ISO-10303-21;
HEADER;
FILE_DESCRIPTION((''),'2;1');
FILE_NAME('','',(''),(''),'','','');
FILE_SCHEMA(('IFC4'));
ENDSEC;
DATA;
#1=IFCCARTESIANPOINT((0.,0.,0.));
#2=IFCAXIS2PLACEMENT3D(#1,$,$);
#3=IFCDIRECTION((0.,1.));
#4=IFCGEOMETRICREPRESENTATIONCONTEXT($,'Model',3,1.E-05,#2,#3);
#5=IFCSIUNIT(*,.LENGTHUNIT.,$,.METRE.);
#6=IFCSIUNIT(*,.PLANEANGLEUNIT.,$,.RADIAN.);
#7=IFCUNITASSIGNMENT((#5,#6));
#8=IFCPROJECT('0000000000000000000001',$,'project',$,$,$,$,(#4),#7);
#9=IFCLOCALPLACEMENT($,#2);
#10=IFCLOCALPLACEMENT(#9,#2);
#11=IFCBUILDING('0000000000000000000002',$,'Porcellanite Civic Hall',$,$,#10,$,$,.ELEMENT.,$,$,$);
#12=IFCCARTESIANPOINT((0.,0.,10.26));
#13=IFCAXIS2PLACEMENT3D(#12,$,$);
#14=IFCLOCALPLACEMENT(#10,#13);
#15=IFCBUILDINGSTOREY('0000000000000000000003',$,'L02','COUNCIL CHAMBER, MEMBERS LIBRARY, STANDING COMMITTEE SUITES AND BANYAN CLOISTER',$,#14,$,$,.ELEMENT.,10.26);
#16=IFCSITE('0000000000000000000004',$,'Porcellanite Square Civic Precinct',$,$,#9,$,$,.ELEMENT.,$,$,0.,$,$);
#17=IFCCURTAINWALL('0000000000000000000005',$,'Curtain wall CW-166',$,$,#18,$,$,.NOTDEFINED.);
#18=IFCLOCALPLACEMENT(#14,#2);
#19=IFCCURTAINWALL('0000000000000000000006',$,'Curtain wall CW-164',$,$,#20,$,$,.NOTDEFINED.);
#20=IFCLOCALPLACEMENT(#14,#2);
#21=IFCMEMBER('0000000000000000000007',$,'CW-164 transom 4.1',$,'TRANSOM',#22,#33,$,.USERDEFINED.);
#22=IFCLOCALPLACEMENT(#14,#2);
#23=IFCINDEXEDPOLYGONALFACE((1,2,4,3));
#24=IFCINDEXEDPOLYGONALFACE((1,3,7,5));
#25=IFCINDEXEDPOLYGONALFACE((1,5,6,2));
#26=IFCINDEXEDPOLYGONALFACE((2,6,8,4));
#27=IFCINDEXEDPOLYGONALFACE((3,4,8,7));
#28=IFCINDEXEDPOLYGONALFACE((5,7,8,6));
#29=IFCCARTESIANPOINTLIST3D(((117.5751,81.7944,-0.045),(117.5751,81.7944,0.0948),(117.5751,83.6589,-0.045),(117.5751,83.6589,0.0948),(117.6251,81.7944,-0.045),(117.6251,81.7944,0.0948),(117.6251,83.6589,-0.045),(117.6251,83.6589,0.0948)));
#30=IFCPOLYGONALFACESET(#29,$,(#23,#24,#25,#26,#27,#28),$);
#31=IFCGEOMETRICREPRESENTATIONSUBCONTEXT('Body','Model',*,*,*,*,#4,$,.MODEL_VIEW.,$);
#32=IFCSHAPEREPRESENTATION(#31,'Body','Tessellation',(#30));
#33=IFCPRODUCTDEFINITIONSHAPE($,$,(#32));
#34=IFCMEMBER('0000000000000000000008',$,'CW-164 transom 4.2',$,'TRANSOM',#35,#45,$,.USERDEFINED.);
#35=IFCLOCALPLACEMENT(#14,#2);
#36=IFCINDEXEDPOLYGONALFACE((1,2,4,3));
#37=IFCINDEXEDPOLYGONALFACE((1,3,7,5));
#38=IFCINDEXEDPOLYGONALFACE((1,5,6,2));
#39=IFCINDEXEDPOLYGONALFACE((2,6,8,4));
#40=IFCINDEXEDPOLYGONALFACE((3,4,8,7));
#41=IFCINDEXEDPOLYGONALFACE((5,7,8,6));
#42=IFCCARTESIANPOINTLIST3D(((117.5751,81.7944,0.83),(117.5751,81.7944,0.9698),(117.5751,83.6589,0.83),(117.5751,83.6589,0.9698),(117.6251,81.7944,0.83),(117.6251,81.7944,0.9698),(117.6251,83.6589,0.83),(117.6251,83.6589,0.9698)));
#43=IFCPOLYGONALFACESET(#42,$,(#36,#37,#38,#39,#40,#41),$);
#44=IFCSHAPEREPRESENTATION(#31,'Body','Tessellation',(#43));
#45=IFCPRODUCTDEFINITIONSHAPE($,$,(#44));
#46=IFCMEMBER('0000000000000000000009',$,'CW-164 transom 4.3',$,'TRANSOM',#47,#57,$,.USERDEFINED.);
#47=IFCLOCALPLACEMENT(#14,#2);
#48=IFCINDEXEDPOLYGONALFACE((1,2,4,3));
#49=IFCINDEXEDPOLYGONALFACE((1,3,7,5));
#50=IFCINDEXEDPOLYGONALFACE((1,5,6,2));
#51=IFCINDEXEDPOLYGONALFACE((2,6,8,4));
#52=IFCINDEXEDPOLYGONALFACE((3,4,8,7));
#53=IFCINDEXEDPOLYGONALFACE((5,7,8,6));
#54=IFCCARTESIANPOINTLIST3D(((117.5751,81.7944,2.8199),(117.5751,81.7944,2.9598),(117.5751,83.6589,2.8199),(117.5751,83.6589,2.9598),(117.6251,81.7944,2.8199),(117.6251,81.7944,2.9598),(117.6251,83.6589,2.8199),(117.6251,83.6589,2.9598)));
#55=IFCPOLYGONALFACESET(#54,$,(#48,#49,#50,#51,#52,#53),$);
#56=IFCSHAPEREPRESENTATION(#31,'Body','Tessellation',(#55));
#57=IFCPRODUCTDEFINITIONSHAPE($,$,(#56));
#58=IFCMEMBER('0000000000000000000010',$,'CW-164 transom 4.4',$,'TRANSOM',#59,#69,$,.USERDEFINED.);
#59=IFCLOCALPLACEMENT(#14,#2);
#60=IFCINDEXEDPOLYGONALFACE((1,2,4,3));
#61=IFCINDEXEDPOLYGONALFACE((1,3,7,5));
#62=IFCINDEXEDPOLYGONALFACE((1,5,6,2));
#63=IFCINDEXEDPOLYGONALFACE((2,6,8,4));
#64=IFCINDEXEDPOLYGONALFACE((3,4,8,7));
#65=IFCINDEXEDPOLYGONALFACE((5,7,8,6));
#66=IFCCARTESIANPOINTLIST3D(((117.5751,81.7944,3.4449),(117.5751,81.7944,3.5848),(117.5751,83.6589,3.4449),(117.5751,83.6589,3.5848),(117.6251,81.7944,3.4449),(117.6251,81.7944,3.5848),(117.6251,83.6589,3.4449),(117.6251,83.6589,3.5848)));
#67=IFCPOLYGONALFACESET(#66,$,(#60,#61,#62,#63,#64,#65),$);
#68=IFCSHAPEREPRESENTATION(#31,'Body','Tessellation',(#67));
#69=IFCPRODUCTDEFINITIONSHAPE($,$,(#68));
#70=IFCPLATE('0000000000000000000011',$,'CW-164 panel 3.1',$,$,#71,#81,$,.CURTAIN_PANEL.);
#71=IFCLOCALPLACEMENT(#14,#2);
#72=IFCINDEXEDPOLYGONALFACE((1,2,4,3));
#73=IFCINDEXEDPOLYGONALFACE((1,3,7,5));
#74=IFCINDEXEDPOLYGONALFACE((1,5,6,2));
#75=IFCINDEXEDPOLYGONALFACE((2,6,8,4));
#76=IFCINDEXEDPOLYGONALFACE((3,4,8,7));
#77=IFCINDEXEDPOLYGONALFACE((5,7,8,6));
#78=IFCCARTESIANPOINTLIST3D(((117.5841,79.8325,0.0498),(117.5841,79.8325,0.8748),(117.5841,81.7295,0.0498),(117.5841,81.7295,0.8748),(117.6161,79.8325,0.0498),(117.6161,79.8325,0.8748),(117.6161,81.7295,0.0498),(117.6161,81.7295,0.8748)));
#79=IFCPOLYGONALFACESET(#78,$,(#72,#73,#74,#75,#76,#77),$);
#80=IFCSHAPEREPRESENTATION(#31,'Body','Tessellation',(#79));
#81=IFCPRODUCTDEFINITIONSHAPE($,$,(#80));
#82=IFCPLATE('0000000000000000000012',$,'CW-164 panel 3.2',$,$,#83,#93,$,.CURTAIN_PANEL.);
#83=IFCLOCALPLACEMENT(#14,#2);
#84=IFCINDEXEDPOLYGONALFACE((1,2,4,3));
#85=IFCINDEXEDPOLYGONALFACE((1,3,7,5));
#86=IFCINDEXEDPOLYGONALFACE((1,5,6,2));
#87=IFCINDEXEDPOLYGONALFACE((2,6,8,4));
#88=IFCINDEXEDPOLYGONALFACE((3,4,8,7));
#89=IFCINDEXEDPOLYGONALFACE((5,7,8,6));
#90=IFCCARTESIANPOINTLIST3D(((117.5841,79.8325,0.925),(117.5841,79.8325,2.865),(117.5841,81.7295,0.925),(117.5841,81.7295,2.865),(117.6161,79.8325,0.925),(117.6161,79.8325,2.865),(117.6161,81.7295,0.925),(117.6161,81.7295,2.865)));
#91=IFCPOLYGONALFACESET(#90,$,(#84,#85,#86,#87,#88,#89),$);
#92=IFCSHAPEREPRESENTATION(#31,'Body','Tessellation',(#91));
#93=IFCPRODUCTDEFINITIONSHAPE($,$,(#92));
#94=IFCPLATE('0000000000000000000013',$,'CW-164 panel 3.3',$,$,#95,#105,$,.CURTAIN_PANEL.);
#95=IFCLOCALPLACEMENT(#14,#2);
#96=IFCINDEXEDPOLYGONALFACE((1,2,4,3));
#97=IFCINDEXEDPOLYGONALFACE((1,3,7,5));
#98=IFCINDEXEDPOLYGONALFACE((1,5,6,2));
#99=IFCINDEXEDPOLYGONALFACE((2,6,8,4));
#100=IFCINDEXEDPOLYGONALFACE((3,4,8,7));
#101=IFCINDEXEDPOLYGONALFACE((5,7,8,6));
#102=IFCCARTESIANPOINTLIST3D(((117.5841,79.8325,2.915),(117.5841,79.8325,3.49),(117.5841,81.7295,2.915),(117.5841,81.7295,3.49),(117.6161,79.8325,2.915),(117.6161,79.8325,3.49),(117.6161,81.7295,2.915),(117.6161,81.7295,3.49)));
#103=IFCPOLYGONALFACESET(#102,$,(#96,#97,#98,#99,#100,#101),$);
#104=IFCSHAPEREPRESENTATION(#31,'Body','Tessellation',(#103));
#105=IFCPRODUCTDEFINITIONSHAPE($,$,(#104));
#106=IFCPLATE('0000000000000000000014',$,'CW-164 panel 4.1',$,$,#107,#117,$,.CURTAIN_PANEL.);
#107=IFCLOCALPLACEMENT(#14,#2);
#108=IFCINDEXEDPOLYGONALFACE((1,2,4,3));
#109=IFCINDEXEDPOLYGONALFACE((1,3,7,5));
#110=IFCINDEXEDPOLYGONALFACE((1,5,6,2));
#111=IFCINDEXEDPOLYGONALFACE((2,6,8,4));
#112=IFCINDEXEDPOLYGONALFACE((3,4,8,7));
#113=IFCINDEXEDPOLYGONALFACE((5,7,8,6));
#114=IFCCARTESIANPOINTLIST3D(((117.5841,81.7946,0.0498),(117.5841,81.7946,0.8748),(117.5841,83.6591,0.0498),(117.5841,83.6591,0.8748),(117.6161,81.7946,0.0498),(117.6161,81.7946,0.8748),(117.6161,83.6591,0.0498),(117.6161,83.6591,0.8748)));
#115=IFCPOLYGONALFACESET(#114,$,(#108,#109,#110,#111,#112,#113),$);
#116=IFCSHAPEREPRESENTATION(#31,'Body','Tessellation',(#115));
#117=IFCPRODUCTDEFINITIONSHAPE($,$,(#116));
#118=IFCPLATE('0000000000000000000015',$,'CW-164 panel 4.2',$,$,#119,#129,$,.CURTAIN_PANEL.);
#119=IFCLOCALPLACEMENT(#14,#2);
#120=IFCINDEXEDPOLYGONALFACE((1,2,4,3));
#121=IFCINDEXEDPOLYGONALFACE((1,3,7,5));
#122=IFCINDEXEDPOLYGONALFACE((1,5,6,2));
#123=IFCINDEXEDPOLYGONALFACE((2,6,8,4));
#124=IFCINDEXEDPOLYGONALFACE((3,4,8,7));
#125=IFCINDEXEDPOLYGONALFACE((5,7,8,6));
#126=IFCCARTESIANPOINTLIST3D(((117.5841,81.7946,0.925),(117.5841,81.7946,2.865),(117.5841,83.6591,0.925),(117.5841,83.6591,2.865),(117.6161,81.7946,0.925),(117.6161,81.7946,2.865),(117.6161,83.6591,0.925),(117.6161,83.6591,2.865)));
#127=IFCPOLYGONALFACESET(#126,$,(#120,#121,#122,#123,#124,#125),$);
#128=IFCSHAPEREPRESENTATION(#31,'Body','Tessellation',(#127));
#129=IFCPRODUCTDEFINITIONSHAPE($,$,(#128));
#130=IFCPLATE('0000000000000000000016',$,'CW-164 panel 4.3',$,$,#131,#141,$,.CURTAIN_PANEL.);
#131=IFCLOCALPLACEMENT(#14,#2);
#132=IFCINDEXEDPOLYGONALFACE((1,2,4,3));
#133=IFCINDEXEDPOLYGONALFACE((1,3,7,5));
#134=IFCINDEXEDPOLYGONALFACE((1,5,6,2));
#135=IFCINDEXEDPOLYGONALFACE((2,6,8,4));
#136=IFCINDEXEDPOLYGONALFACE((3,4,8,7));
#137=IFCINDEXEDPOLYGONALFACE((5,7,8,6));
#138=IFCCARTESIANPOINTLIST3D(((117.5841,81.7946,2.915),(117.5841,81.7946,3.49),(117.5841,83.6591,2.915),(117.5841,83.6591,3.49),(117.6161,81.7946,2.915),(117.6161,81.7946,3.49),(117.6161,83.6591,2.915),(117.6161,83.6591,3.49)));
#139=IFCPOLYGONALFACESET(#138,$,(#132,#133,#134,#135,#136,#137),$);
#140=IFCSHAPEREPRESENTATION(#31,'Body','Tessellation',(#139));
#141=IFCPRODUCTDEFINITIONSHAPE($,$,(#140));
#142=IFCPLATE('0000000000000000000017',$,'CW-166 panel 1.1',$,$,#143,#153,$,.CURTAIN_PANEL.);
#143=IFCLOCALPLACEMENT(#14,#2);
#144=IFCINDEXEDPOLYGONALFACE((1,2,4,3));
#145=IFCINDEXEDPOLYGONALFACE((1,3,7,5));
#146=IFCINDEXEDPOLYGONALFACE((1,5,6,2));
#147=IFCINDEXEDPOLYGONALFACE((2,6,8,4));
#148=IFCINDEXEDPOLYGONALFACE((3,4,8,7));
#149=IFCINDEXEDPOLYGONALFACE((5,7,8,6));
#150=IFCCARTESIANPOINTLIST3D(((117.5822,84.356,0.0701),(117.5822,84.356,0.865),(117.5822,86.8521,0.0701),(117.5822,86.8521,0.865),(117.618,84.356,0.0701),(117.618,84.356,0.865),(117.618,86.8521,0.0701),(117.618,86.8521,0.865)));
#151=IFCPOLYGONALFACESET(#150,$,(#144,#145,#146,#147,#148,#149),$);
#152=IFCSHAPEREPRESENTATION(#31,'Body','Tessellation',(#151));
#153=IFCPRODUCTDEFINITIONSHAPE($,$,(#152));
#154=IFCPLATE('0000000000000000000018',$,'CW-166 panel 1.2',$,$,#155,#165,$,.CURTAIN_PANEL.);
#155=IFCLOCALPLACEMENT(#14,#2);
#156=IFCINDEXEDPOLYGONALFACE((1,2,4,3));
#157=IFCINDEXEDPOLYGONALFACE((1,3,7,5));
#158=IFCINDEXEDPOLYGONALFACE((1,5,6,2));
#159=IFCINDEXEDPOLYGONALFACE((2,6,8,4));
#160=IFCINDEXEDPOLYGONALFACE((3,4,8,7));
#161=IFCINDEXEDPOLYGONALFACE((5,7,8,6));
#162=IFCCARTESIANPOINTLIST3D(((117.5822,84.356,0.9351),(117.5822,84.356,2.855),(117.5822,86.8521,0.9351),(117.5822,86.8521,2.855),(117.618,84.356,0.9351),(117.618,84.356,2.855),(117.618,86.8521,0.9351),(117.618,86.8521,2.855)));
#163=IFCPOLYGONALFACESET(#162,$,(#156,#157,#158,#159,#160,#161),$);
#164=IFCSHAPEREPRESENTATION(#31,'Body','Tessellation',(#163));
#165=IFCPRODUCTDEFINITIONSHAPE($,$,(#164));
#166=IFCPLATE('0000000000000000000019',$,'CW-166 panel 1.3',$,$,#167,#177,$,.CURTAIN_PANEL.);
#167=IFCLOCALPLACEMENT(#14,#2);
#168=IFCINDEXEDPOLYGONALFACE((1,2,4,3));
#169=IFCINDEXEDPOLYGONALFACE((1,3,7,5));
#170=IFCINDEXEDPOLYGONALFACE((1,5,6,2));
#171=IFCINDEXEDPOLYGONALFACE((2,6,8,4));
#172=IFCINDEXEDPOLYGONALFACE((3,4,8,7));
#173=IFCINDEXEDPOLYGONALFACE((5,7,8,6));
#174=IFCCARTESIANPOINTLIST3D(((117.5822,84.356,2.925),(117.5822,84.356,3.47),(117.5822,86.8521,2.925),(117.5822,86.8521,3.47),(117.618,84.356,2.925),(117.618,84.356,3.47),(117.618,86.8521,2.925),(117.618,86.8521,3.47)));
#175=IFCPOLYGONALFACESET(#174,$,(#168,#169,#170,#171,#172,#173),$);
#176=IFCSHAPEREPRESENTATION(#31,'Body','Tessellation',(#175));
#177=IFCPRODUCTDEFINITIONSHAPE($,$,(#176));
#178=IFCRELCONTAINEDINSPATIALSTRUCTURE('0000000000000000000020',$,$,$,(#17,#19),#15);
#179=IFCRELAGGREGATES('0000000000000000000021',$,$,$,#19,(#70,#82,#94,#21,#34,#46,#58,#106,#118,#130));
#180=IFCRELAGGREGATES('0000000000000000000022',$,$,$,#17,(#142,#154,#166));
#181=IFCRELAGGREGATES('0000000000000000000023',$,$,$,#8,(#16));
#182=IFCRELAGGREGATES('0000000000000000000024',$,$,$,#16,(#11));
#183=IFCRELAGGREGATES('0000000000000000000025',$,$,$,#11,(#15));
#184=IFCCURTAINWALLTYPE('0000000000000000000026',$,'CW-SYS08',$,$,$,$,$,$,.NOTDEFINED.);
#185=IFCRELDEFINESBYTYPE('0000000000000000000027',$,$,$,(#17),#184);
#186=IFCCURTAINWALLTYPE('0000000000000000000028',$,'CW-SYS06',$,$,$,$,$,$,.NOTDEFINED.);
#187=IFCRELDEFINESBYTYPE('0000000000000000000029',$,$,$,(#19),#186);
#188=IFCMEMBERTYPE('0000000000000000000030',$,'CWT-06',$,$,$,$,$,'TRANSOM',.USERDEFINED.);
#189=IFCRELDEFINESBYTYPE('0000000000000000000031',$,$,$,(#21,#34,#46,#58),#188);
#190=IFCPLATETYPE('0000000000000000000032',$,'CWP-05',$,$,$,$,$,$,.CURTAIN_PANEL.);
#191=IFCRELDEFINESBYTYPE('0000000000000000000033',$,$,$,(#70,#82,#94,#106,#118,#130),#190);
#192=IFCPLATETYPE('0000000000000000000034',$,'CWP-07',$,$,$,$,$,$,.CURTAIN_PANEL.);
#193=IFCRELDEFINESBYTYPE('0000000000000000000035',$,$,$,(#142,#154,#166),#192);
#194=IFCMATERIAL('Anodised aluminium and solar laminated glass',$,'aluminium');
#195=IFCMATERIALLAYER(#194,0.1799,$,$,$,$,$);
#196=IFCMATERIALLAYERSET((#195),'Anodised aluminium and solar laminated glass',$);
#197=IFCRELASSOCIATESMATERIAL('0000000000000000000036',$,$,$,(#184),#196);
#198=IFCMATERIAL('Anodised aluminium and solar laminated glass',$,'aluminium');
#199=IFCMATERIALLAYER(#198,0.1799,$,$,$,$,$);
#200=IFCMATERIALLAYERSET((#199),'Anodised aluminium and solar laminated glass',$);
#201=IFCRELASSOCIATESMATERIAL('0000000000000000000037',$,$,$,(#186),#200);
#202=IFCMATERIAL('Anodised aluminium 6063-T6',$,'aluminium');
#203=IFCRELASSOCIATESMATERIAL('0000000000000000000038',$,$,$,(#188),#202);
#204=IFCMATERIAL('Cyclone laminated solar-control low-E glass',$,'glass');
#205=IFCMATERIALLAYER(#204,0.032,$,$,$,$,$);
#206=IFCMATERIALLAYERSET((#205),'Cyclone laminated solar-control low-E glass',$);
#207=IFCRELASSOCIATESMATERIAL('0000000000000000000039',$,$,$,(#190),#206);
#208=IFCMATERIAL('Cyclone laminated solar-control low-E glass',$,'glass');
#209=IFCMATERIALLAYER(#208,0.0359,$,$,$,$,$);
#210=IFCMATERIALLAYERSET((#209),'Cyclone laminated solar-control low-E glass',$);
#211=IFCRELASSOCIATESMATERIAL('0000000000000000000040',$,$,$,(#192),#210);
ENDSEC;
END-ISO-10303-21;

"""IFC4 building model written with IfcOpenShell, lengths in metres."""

from ifc_helpers import new_model, si_unit, direction, frame, origin, origin_2d, place, context, subcontext, project, spatial, rectangle, extrude, material, layer, layer_set, material_profile, profile_set, type_object, element, aggregate, save


model = new_model("IFC4")

# Units and contexts
model_context = context("Model", 3, precision=1e-05, world=origin(), true_north=direction((0.0, 1.0)))
body_context = subcontext(model_context, "Body", "Model", "MODEL_VIEW")
ifc_project = project(units=[si_unit("LENGTHUNIT", "METRE"), si_unit("PLANEANGLEUNIT", "RADIAN")], contexts=[model_context])

# Site, building, storey
site_placement = place(None, origin())
site = spatial("IfcSite", under=ifc_project, at=site_placement, Name="Porcellanite Square Civic Precinct", CompositionType="ELEMENT", RefElevation=0.0)
building_placement = place(site_placement, origin())
building = spatial("IfcBuilding", under=site, at=building_placement, Name="Porcellanite Civic Hall", CompositionType="ELEMENT")
storey_placement = place(building_placement, frame((0.0, 0.0, 10.26)))
storey = spatial("IfcBuildingStorey", under=building, at=storey_placement, Name="L02", Description="COUNCIL CHAMBER, MEMBERS LIBRARY, STANDING COMMITTEE SUITES AND BANYAN CLOISTER", CompositionType="ELEMENT", Elevation=10.26)

# Curtain walls
ifc_material_1 = material(Name="Anodised aluminium and solar laminated glass", Category="aluminium")
ifc_layer_1 = layer(ifc_material_1, 0.1799)
ifc_layer_set_1 = layer_set([ifc_layer_1], Name="Anodised aluminium and solar laminated glass")
curtain_wall_type_1 = type_object("IfcCurtainWallType", Name="CW-SYS08", PredefinedType="NOTDEFINED", material=ifc_layer_set_1)
curtain_wall_1_placement = place(storey_placement, origin())
curtain_wall_1 = element("IfcCurtainWall", 1, at=curtain_wall_1_placement, inside=storey, type_object=curtain_wall_type_1, Name="Curtain wall CW-166", PredefinedType="NOTDEFINED")
ifc_material_2 = material(Name="Anodised aluminium and solar laminated glass", Category="aluminium")
ifc_layer_2 = layer(ifc_material_2, 0.1799)
ifc_layer_set_2 = layer_set([ifc_layer_2], Name="Anodised aluminium and solar laminated glass")
curtain_wall_type_2 = type_object("IfcCurtainWallType", Name="CW-SYS06", PredefinedType="NOTDEFINED", material=ifc_layer_set_2)
curtain_wall_2_placement = place(storey_placement, origin())
curtain_wall_2 = element("IfcCurtainWall", 2, at=curtain_wall_2_placement, inside=storey, type_object=curtain_wall_type_2, Name="Curtain wall CW-164", PredefinedType="NOTDEFINED")

# Members
ifc_material_3 = material(Name="Anodised aluminium 6063-T6", Category="aluminium")
ifc_material_profile_1 = material_profile(ifc_material_3, rectangle(XDim=0.05, YDim=0.1399, at=origin_2d()), Name="AL-50x140")
ifc_profile_set_1 = profile_set([ifc_material_profile_1], Name="Anodised aluminium 6063-T6")
member_type_1 = type_object("IfcMemberType", Name="CWT-06", ElementType="TRANSOM", PredefinedType="USERDEFINED", material=ifc_profile_set_1)
member_1_placement = place(storey_placement, frame((117.6001, 81.7944, 0.0249), z_axis=(0.0, 1.0, 0.0), x_axis=(-1.0, 0.0, 0.0)))
member_1 = element("IfcMember", 3, at=member_1_placement, type_object=member_type_1, Name="CW-164 transom 4.1", ObjectType="TRANSOM", PredefinedType="USERDEFINED", context=body_context, shape_type="SweptSolid", body=[
    extrude(rectangle(XDim=0.05, YDim=0.1399, at=origin_2d()), origin(), (0.0, 0.0, 1.0), 1.8645),
])
member_2_placement = place(storey_placement, frame((117.6001, 81.7944, 0.8999), z_axis=(0.0, 1.0, 0.0), x_axis=(-1.0, 0.0, 0.0)))
member_2 = element("IfcMember", 4, at=member_2_placement, type_object=member_type_1, Name="CW-164 transom 4.2", ObjectType="TRANSOM", PredefinedType="USERDEFINED", context=body_context, shape_type="SweptSolid", body=[
    extrude(rectangle(XDim=0.05, YDim=0.1399, at=origin_2d()), origin(), (0.0, 0.0, 1.0), 1.8645),
])
member_3_placement = place(storey_placement, frame((117.6001, 81.7944, 2.8899), z_axis=(0.0, 1.0, 0.0), x_axis=(-1.0, 0.0, 0.0)))
member_3 = element("IfcMember", 5, at=member_3_placement, type_object=member_type_1, Name="CW-164 transom 4.3", ObjectType="TRANSOM", PredefinedType="USERDEFINED", context=body_context, shape_type="SweptSolid", body=[
    extrude(rectangle(XDim=0.05, YDim=0.1399, at=origin_2d()), origin(), (0.0, 0.0, 1.0), 1.8645),
])
member_4_placement = place(storey_placement, frame((117.6001, 81.7944, 3.5149), z_axis=(0.0, 1.0, 0.0), x_axis=(-1.0, 0.0, 0.0)))
member_4 = element("IfcMember", 6, at=member_4_placement, type_object=member_type_1, Name="CW-164 transom 4.4", ObjectType="TRANSOM", PredefinedType="USERDEFINED", context=body_context, shape_type="SweptSolid", body=[
    extrude(rectangle(XDim=0.05, YDim=0.1399, at=origin_2d()), origin(), (0.0, 0.0, 1.0), 1.8645),
])

# Plates
ifc_material_4 = material(Name="Cyclone laminated solar-control low-E glass", Category="glass")
ifc_layer_3 = layer(ifc_material_4, 0.032)
ifc_layer_set_3 = layer_set([ifc_layer_3], Name="Cyclone laminated solar-control low-E glass")
plate_type_1 = type_object("IfcPlateType", Name="CWP-05", PredefinedType="CURTAIN_PANEL", material=ifc_layer_set_3)
plate_1_placement = place(storey_placement, frame((117.6001, 80.781, 0.0498), z_axis=(0.0, 0.0, 1.0), x_axis=(0.0, 1.0, 0.0)))
plate_1 = element("IfcPlate", 7, at=plate_1_placement, type_object=plate_type_1, Name="CW-164 panel 3.1", PredefinedType="CURTAIN_PANEL", context=body_context, shape_type="SweptSolid", body=[
    extrude(rectangle(XDim=1.897, YDim=0.032, at=origin_2d()), origin(), (0.0, 0.0, 1.0), 0.825),
])
plate_2_placement = place(storey_placement, frame((117.6001, 80.781, 0.925), z_axis=(0.0, 0.0, 1.0), x_axis=(0.0, 1.0, 0.0)))
plate_2 = element("IfcPlate", 8, at=plate_2_placement, type_object=plate_type_1, Name="CW-164 panel 3.2", PredefinedType="CURTAIN_PANEL", context=body_context, shape_type="SweptSolid", body=[
    extrude(rectangle(XDim=1.897, YDim=0.032, at=origin_2d()), origin(), (0.0, 0.0, 1.0), 1.9399),
])
plate_3_placement = place(storey_placement, frame((117.6001, 80.781, 2.915), z_axis=(0.0, 0.0, 1.0), x_axis=(0.0, 1.0, 0.0)))
plate_3 = element("IfcPlate", 9, at=plate_3_placement, type_object=plate_type_1, Name="CW-164 panel 3.3", PredefinedType="CURTAIN_PANEL", context=body_context, shape_type="SweptSolid", body=[
    extrude(rectangle(XDim=1.897, YDim=0.032, at=origin_2d()), origin(), (0.0, 0.0, 1.0), 0.575),
])
plate_4_placement = place(storey_placement, frame((117.6001, 82.7268, 0.0498), z_axis=(0.0, 0.0, 1.0), x_axis=(0.0, 1.0, 0.0)))
plate_4 = element("IfcPlate", 10, at=plate_4_placement, type_object=plate_type_1, Name="CW-164 panel 4.1", PredefinedType="CURTAIN_PANEL", context=body_context, shape_type="SweptSolid", body=[
    extrude(rectangle(XDim=1.8645, YDim=0.032, at=origin_2d()), origin(), (0.0, 0.0, 1.0), 0.825),
])
plate_5_placement = place(storey_placement, frame((117.6001, 82.7268, 0.925), z_axis=(0.0, 0.0, 1.0), x_axis=(0.0, 1.0, 0.0)))
plate_5 = element("IfcPlate", 11, at=plate_5_placement, type_object=plate_type_1, Name="CW-164 panel 4.2", PredefinedType="CURTAIN_PANEL", context=body_context, shape_type="SweptSolid", body=[
    extrude(rectangle(XDim=1.8645, YDim=0.032, at=origin_2d()), origin(), (0.0, 0.0, 1.0), 1.9399),
])
plate_6_placement = place(storey_placement, frame((117.6001, 82.7268, 2.915), z_axis=(0.0, 0.0, 1.0), x_axis=(0.0, 1.0, 0.0)))
plate_6 = element("IfcPlate", 12, at=plate_6_placement, type_object=plate_type_1, Name="CW-164 panel 4.3", PredefinedType="CURTAIN_PANEL", context=body_context, shape_type="SweptSolid", body=[
    extrude(rectangle(XDim=1.8645, YDim=0.032, at=origin_2d()), origin(), (0.0, 0.0, 1.0), 0.575),
])
aggregate(curtain_wall_2, [plate_1, plate_2, plate_3, member_1, member_2, member_3, member_4, plate_4, plate_5, plate_6])
ifc_material_5 = material(Name="Cyclone laminated solar-control low-E glass", Category="glass")
ifc_layer_4 = layer(ifc_material_5, 0.0359)
ifc_layer_set_4 = layer_set([ifc_layer_4], Name="Cyclone laminated solar-control low-E glass")
plate_type_2 = type_object("IfcPlateType", Name="CWP-07", PredefinedType="CURTAIN_PANEL", material=ifc_layer_set_4)
plate_7_placement = place(storey_placement, frame((117.6001, 85.604, 0.0701), z_axis=(0.0, 0.0, 1.0), x_axis=(0.0, 1.0, 0.0)))
plate_7 = element("IfcPlate", 13, at=plate_7_placement, type_object=plate_type_2, Name="CW-166 panel 1.1", PredefinedType="CURTAIN_PANEL", context=body_context, shape_type="SweptSolid", body=[
    extrude(rectangle(XDim=2.4961, YDim=0.0359, at=origin_2d()), origin(), (0.0, 0.0, 1.0), 0.7949),
])
plate_8_placement = place(storey_placement, frame((117.6001, 85.604, 0.9351), z_axis=(0.0, 0.0, 1.0), x_axis=(0.0, 1.0, 0.0)))
plate_8 = element("IfcPlate", 14, at=plate_8_placement, type_object=plate_type_2, Name="CW-166 panel 1.2", PredefinedType="CURTAIN_PANEL", context=body_context, shape_type="SweptSolid", body=[
    extrude(rectangle(XDim=2.4961, YDim=0.0359, at=origin_2d()), origin(), (0.0, 0.0, 1.0), 1.9199),
])
plate_9_placement = place(storey_placement, frame((117.6001, 85.604, 2.925), z_axis=(0.0, 0.0, 1.0), x_axis=(0.0, 1.0, 0.0)))
plate_9 = element("IfcPlate", 15, at=plate_9_placement, type_object=plate_type_2, Name="CW-166 panel 1.3", PredefinedType="CURTAIN_PANEL", context=body_context, shape_type="SweptSolid", body=[
    extrude(rectangle(XDim=2.4961, YDim=0.0359, at=origin_2d()), origin(), (0.0, 0.0, 1.0), 0.5449),
])
aggregate(curtain_wall_1, [plate_7, plate_8, plate_9])

save(model, "model.ifc")
